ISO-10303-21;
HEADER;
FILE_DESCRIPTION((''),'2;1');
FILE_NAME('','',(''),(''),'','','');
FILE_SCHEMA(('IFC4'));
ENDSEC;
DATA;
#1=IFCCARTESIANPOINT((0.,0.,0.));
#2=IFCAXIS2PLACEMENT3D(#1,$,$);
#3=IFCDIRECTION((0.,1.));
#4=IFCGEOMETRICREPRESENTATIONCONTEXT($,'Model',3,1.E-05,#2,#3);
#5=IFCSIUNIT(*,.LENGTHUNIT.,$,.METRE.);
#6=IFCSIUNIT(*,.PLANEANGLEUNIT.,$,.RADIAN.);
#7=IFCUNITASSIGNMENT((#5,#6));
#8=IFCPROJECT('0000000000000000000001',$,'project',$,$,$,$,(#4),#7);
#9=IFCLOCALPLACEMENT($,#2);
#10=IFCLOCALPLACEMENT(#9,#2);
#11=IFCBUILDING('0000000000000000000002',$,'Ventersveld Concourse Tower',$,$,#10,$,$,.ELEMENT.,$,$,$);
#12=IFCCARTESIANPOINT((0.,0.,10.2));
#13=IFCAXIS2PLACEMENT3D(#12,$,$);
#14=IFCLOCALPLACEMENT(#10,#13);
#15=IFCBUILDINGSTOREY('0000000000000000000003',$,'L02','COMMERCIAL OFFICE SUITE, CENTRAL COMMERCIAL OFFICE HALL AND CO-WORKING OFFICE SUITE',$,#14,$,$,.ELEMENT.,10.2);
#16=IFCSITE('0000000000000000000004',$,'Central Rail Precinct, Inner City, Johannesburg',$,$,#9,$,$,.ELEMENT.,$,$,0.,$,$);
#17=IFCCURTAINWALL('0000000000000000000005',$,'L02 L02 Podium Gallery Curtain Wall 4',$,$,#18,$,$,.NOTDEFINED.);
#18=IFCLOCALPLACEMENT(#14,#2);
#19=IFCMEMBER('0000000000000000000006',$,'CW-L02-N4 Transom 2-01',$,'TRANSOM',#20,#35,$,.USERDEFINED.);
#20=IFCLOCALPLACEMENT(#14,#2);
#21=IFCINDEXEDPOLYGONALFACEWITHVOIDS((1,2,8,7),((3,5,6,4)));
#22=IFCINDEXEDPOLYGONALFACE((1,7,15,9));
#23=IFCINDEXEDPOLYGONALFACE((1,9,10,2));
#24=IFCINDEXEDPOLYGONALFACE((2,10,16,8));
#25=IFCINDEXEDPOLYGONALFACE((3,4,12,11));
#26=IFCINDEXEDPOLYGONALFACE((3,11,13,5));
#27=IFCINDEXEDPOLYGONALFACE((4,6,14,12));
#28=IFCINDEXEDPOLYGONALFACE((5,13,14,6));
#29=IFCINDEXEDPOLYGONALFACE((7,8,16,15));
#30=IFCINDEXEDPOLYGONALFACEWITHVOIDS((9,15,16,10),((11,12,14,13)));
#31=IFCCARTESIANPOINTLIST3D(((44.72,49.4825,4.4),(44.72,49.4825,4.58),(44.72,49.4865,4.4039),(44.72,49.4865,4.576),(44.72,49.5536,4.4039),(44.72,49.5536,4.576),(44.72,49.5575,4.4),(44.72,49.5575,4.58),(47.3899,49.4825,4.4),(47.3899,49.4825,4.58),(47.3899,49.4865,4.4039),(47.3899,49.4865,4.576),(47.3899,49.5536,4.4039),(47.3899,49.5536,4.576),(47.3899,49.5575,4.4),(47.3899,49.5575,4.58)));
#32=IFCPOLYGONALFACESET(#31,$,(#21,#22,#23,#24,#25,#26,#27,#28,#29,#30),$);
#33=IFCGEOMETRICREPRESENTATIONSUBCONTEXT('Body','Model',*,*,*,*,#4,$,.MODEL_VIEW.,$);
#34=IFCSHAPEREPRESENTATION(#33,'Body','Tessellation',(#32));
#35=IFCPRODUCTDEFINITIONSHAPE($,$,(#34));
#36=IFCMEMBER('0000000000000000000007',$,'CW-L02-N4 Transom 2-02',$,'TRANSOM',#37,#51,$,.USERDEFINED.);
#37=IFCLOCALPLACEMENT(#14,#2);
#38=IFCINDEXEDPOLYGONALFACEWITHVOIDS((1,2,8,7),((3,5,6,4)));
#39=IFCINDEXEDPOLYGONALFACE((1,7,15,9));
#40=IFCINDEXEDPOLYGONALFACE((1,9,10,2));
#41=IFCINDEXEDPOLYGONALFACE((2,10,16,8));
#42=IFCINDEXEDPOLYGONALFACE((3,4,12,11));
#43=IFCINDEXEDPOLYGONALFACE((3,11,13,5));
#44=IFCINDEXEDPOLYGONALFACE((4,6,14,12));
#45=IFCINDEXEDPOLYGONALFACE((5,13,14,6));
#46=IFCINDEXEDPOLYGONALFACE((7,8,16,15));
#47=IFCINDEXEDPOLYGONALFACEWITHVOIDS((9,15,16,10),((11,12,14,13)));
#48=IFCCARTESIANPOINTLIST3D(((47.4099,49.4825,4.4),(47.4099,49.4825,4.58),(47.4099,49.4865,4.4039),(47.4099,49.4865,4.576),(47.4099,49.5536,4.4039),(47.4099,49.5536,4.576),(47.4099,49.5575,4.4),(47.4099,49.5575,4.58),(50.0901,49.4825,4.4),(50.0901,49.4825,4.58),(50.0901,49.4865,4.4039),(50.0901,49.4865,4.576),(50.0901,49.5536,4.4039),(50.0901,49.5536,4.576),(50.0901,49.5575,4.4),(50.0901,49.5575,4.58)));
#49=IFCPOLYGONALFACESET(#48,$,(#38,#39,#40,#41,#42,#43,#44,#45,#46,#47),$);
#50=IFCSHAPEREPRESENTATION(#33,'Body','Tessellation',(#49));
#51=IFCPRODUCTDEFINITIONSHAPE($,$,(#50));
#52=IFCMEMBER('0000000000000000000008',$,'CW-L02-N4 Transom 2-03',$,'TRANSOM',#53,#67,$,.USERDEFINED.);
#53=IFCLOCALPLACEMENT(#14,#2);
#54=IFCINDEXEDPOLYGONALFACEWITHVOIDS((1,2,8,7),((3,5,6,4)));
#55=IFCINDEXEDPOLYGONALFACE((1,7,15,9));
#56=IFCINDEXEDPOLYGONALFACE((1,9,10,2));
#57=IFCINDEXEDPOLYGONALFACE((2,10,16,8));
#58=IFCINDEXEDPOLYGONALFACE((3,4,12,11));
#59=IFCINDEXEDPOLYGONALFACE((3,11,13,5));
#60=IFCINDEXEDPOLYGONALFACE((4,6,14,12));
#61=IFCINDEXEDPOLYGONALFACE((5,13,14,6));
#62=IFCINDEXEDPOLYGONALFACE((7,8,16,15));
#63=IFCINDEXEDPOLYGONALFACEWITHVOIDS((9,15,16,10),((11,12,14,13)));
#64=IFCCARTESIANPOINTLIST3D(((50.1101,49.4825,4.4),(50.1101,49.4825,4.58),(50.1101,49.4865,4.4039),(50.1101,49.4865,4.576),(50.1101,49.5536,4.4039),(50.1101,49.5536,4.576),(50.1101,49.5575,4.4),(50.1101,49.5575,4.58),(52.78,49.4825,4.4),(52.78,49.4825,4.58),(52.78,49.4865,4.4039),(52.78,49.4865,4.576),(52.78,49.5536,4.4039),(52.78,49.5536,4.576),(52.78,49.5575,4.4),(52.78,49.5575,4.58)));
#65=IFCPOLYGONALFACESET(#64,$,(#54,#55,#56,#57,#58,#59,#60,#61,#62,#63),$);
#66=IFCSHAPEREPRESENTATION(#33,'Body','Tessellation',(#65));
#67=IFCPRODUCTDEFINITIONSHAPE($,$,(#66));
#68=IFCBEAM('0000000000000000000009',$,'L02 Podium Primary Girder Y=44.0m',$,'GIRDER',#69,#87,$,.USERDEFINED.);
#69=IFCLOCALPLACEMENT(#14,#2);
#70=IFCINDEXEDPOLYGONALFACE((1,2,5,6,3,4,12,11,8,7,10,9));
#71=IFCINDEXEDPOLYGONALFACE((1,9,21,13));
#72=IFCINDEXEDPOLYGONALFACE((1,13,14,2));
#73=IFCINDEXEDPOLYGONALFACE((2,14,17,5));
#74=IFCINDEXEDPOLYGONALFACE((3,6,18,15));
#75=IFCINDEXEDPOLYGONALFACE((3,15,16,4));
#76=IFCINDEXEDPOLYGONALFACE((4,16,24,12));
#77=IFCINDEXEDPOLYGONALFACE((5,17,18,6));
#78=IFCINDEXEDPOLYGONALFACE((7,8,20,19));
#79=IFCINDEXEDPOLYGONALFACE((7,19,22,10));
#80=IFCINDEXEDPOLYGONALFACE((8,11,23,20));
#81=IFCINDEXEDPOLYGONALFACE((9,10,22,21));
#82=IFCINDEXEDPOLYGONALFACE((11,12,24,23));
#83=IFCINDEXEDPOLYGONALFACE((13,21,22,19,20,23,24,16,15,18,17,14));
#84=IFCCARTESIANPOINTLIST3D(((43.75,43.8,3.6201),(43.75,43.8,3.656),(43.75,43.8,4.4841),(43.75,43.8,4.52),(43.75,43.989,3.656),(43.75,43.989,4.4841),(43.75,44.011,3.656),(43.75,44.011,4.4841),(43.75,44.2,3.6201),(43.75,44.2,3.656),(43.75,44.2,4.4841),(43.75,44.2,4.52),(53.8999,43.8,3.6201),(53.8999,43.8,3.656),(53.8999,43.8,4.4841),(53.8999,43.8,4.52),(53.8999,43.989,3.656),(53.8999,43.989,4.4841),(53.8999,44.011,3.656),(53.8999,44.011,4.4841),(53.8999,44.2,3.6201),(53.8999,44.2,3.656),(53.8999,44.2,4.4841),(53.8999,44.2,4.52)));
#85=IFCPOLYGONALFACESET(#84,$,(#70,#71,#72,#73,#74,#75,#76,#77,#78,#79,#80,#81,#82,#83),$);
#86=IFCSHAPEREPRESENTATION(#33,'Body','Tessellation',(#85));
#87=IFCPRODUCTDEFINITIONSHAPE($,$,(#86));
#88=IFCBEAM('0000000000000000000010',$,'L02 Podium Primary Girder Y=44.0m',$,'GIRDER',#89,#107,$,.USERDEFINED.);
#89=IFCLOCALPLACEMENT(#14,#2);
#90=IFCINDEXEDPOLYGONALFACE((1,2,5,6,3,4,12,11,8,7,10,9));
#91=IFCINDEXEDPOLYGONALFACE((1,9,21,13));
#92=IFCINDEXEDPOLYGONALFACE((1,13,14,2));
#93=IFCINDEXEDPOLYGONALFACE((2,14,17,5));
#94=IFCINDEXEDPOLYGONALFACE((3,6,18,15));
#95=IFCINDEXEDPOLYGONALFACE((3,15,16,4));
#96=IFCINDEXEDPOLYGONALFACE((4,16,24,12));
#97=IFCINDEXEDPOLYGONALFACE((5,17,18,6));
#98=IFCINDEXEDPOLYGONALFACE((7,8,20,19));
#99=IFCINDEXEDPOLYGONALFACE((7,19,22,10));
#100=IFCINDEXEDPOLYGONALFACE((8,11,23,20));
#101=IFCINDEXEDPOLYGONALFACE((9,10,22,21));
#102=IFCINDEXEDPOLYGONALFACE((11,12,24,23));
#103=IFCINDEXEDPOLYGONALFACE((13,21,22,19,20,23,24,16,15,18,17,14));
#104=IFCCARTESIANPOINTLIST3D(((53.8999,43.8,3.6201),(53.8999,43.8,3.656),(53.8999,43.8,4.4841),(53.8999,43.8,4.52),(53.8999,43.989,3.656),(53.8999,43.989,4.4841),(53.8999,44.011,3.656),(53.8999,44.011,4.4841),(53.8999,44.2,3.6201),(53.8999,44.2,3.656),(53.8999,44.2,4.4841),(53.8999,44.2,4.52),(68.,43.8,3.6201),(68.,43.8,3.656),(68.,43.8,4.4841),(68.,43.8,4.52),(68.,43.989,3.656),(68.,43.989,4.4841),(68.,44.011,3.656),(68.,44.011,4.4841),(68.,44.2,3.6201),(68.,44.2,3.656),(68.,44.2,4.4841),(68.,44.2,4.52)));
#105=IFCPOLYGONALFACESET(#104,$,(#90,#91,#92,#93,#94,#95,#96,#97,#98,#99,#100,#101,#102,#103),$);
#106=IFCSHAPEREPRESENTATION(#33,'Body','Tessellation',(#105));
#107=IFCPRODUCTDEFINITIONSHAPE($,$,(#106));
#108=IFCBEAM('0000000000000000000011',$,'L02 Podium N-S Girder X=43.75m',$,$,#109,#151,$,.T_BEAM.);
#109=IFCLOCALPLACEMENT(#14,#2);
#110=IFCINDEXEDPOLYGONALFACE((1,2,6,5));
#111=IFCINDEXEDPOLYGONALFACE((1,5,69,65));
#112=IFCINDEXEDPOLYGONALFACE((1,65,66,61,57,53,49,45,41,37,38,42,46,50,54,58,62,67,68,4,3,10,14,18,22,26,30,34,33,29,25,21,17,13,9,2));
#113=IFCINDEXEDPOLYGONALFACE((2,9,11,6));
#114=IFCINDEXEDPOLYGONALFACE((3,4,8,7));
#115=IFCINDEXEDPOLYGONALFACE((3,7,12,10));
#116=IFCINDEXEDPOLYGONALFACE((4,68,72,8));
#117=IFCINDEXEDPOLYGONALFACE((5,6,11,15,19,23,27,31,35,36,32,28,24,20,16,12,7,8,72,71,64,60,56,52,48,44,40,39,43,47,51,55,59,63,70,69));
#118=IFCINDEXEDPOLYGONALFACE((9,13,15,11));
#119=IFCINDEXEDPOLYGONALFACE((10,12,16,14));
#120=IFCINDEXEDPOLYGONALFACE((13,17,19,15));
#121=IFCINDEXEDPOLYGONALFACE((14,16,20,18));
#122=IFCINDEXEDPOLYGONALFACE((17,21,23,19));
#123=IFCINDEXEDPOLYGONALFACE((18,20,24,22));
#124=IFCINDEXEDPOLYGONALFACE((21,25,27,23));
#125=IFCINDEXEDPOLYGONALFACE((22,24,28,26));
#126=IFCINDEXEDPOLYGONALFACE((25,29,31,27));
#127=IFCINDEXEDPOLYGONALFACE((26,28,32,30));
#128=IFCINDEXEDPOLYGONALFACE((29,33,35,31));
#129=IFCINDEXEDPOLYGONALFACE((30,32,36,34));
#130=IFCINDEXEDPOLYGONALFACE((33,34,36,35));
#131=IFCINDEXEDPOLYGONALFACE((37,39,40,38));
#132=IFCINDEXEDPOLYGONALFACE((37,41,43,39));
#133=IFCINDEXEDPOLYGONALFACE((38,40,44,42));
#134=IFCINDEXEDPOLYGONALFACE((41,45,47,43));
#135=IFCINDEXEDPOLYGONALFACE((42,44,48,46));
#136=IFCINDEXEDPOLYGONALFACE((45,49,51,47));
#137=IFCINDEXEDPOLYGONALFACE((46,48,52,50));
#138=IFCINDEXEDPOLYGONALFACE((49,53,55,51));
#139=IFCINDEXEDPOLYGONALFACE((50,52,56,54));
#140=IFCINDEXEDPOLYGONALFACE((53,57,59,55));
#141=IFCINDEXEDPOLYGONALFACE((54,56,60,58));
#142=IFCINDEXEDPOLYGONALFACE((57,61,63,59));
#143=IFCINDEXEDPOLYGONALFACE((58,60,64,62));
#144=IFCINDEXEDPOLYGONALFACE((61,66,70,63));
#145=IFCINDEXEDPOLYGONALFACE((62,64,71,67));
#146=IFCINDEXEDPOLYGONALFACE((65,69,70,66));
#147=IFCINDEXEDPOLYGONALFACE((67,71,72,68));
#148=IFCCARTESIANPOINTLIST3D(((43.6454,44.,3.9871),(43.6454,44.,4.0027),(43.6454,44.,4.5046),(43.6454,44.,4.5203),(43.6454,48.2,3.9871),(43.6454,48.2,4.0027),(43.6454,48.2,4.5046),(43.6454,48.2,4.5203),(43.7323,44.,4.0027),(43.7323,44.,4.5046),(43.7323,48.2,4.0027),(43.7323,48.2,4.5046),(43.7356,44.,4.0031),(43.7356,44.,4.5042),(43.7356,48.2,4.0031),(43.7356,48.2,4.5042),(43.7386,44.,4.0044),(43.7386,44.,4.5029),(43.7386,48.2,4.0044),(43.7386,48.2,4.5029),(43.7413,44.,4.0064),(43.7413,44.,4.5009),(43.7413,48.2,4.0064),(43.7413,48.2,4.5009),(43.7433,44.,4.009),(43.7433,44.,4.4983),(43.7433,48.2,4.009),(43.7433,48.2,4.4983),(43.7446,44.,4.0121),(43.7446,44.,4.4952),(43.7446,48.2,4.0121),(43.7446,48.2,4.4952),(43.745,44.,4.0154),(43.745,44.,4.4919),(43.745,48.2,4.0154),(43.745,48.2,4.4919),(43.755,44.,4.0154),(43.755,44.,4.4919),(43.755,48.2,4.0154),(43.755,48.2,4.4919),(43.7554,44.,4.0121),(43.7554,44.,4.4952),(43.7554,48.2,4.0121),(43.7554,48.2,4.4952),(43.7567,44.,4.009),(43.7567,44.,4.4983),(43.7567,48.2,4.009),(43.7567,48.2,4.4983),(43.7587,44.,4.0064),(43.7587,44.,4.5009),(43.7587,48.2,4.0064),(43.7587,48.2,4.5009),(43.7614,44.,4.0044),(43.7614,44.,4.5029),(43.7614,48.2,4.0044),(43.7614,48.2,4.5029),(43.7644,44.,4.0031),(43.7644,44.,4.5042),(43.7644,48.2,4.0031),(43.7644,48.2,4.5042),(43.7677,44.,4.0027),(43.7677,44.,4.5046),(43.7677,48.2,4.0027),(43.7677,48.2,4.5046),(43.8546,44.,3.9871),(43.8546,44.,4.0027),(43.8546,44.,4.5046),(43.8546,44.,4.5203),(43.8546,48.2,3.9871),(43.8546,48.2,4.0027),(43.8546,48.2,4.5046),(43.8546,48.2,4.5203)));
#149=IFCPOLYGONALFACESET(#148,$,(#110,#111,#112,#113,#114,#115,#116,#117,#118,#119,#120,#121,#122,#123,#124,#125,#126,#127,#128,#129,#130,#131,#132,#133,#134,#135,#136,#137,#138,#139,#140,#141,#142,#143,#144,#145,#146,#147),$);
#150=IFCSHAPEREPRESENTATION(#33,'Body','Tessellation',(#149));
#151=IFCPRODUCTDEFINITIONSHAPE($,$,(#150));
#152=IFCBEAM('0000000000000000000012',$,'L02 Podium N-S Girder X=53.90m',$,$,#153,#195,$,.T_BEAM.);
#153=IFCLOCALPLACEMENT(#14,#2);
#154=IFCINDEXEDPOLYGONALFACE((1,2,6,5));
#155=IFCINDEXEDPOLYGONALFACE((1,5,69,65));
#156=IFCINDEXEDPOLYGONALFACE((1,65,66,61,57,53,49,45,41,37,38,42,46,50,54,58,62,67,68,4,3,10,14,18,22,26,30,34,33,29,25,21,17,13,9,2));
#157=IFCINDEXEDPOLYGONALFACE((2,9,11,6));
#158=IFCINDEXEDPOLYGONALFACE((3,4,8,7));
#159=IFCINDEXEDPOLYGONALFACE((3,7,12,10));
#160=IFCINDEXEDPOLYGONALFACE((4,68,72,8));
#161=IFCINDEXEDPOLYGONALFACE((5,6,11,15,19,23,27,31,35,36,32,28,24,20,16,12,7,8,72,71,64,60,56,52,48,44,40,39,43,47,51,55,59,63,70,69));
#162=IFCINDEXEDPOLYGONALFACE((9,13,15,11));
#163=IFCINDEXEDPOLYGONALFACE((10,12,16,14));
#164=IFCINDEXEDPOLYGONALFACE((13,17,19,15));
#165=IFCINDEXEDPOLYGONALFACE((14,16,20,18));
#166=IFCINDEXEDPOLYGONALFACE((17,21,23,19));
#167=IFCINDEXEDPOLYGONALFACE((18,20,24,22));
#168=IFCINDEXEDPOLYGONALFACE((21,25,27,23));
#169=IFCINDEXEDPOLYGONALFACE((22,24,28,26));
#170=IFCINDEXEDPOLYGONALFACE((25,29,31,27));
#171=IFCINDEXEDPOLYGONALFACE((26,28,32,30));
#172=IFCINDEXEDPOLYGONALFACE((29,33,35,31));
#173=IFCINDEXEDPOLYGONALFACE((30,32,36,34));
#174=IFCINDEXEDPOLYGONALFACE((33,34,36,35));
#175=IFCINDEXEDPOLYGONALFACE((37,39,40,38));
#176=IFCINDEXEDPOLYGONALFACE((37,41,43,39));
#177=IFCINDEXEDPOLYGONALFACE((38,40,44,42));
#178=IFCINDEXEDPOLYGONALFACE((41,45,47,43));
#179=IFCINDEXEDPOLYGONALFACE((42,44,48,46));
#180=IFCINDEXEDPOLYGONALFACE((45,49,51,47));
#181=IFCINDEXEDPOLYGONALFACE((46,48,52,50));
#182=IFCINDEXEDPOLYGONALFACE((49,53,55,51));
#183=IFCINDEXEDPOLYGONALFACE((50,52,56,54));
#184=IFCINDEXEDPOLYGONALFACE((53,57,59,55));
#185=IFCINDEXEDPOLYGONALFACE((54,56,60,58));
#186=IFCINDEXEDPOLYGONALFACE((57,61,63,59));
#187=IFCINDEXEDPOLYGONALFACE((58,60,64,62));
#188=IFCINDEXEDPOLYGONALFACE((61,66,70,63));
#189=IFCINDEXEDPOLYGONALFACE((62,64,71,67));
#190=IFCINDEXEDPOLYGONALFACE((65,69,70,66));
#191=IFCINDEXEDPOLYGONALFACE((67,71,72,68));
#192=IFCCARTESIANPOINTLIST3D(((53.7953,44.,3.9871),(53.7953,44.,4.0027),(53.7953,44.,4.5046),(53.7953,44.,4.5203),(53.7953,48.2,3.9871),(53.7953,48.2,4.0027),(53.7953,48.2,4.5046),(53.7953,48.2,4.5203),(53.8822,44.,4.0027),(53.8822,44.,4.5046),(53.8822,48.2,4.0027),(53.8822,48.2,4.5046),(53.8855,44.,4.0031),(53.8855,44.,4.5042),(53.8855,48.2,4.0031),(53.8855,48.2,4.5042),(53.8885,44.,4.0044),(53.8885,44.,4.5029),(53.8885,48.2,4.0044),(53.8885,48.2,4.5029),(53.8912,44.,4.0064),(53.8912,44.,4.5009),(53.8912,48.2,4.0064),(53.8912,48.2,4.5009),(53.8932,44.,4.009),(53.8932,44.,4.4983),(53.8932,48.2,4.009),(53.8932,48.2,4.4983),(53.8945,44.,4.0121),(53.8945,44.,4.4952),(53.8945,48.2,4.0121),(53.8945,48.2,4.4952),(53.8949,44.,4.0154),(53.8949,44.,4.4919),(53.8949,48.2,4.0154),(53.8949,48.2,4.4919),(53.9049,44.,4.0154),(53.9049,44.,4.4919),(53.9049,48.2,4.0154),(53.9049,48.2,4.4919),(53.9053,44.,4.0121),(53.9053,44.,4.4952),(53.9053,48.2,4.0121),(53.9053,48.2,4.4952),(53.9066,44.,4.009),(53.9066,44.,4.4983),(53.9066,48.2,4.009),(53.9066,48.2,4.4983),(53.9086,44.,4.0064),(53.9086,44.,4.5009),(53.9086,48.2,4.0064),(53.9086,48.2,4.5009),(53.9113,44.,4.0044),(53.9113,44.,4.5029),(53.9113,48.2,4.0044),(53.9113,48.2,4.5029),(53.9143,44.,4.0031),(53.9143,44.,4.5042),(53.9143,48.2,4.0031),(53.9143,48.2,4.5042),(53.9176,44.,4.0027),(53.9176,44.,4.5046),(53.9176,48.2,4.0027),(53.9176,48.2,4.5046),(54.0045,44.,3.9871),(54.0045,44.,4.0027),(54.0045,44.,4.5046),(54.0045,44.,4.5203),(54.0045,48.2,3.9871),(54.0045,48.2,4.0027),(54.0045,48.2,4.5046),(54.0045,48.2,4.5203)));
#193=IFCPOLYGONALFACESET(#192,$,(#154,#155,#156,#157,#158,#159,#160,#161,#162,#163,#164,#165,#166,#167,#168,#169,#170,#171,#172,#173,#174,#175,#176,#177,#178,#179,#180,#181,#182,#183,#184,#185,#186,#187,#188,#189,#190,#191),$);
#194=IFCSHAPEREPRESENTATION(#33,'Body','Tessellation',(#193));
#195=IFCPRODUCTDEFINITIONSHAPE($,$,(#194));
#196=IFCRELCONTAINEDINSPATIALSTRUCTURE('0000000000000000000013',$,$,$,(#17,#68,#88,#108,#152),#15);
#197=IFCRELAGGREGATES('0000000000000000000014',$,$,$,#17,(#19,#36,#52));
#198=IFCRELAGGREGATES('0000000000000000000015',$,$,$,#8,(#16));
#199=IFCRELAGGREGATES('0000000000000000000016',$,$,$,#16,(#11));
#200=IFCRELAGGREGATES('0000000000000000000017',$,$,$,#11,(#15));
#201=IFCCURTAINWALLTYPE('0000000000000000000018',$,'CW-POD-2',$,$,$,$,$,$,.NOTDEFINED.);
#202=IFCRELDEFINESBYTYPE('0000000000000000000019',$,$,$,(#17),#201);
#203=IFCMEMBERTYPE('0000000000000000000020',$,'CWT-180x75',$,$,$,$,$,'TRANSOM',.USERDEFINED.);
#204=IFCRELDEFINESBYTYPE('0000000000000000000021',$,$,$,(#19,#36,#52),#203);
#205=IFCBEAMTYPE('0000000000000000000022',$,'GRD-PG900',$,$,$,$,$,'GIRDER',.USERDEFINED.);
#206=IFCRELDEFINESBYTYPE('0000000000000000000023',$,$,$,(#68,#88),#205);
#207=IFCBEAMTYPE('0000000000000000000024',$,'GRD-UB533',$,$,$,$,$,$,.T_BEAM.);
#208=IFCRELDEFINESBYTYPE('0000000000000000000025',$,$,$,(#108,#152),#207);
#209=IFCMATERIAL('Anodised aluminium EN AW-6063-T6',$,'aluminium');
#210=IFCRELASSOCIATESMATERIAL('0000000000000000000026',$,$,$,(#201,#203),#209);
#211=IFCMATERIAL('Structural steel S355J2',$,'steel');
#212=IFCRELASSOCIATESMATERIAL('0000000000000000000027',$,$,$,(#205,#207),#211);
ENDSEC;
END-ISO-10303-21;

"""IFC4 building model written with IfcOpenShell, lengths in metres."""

from ifc_helpers import new_model, si_unit, direction, frame, origin, origin_2d, place, context, subcontext, project, spatial, hollow_rectangle, i_section, extrude, material, material_profile, profile_set, type_object, element, aggregate, save


model = new_model("IFC4")

# Units and contexts
model_context = context("Model", 3, precision=1e-05, world=origin(), true_north=direction((0.0, 1.0)))
body_context = subcontext(model_context, "Body", "Model", "MODEL_VIEW")
ifc_project = project(units=[si_unit("LENGTHUNIT", "METRE"), si_unit("PLANEANGLEUNIT", "RADIAN")], contexts=[model_context])

# Site, building, storey
site_placement = place(None, origin())
site = spatial("IfcSite", under=ifc_project, at=site_placement, Name="Central Rail Precinct, Inner City, Johannesburg", CompositionType="ELEMENT", RefElevation=0.0)
building_placement = place(site_placement, origin())
building = spatial("IfcBuilding", under=site, at=building_placement, Name="Ventersveld Concourse Tower", CompositionType="ELEMENT")
storey_placement = place(building_placement, frame((0.0, 0.0, 10.2)))
storey = spatial("IfcBuildingStorey", under=building, at=storey_placement, Name="L02", Description="COMMERCIAL OFFICE SUITE, CENTRAL COMMERCIAL OFFICE HALL AND CO-WORKING OFFICE SUITE", CompositionType="ELEMENT", Elevation=10.2)

# Curtain wall, members
ifc_material_1 = material(Name="Anodised aluminium EN AW-6063-T6", Category="aluminium")
curtain_wall_type = type_object("IfcCurtainWallType", Name="CW-POD-2", PredefinedType="NOTDEFINED", material=ifc_material_1)
curtain_wall_placement = place(storey_placement, origin())
curtain_wall = element("IfcCurtainWall", 1, at=curtain_wall_placement, inside=storey, type_object=curtain_wall_type, Name="L02 L02 Podium Gallery Curtain Wall 4", PredefinedType="NOTDEFINED")
ifc_material_profile_1 = material_profile(ifc_material_1, hollow_rectangle(XDim=0.075, YDim=0.1799, WallThickness=0.0039, at=origin_2d()), Name="ALU 180x75x4")
ifc_profile_set_1 = profile_set([ifc_material_profile_1], Name="Anodised aluminium EN AW-6063-T6")
member_type_1 = type_object("IfcMemberType", Name="CWT-180x75", ElementType="TRANSOM", PredefinedType="USERDEFINED", material=ifc_profile_set_1)
member_1_placement = place(storey_placement, frame((44.72, 49.52, 4.49), z_axis=(1.0, 0.0, 0.0), x_axis=(0.0, 1.0, 0.0)))
member_1 = element("IfcMember", 2, at=member_1_placement, type_object=member_type_1, Name="CW-L02-N4 Transom 2-01", ObjectType="TRANSOM", PredefinedType="USERDEFINED", context=body_context, shape_type="SweptSolid", body=[
    extrude(hollow_rectangle(XDim=0.075, YDim=0.1799, WallThickness=0.0039, at=origin_2d()), origin(), (0.0, 0.0, 1.0), 2.6699),
])
member_2_placement = place(storey_placement, frame((47.4099, 49.52, 4.49), z_axis=(1.0, 0.0, 0.0), x_axis=(0.0, 1.0, 0.0)))
member_2 = element("IfcMember", 3, at=member_2_placement, type_object=member_type_1, Name="CW-L02-N4 Transom 2-02", ObjectType="TRANSOM", PredefinedType="USERDEFINED", context=body_context, shape_type="SweptSolid", body=[
    extrude(hollow_rectangle(XDim=0.075, YDim=0.1799, WallThickness=0.0039, at=origin_2d()), origin(), (0.0, 0.0, 1.0), 2.6802),
])
member_3_placement = place(storey_placement, frame((50.1101, 49.52, 4.49), z_axis=(1.0, 0.0, 0.0), x_axis=(0.0, 1.0, 0.0)))
member_3 = element("IfcMember", 4, at=member_3_placement, type_object=member_type_1, Name="CW-L02-N4 Transom 2-03", ObjectType="TRANSOM", PredefinedType="USERDEFINED", context=body_context, shape_type="SweptSolid", body=[
    extrude(hollow_rectangle(XDim=0.075, YDim=0.1799, WallThickness=0.0039, at=origin_2d()), origin(), (0.0, 0.0, 1.0), 2.6699),
])

# Beams
ifc_material_2 = material(Name="Structural steel S355J2", Category="steel")
ifc_material_profile_2 = material_profile(ifc_material_2, i_section(OverallWidth=0.3999, OverallDepth=0.8999, WebThickness=0.022, FlangeThickness=0.0359, at=origin_2d()), Name="PG 900x400x36")
ifc_profile_set_2 = profile_set([ifc_material_profile_2], Name="Structural steel S355J2")
beam_type_1 = type_object("IfcBeamType", Name="GRD-PG900", ElementType="GIRDER", PredefinedType="USERDEFINED", material=ifc_profile_set_2)
beam_1_placement = place(storey_placement, frame((43.75, 44.0, 4.0701), z_axis=(1.0, 0.0, 0.0), x_axis=(0.0, 1.0, 0.0)))
element("IfcBeam", 5, at=beam_1_placement, inside=storey, type_object=beam_type_1, Name="L02 Podium Primary Girder Y=44.0m", ObjectType="GIRDER", PredefinedType="USERDEFINED", context=body_context, shape_type="SweptSolid", body=[
    extrude(i_section(OverallWidth=0.3999, OverallDepth=0.8999, WebThickness=0.022, FlangeThickness=0.0359, at=origin_2d()), origin(), (0.0, 0.0, 1.0), 10.1499),
])
beam_2_placement = place(storey_placement, frame((53.8999, 44.0, 4.0701), z_axis=(1.0, 0.0, 0.0), x_axis=(0.0, 1.0, 0.0)))
element("IfcBeam", 6, at=beam_2_placement, inside=storey, type_object=beam_type_1, Name="L02 Podium Primary Girder Y=44.0m", ObjectType="GIRDER", PredefinedType="USERDEFINED", context=body_context, shape_type="SweptSolid", body=[
    extrude(i_section(OverallWidth=0.3999, OverallDepth=0.8999, WebThickness=0.022, FlangeThickness=0.0359, at=origin_2d()), origin(), (0.0, 0.0, 1.0), 14.1001),
])
ifc_material_profile_3 = material_profile(ifc_material_2, i_section(OverallWidth=0.2092, OverallDepth=0.5332, WebThickness=0.01, FlangeThickness=0.0156, FilletRadius=0.0127, at=origin_2d()), Name="UB 533x210x92")
ifc_profile_set_3 = profile_set([ifc_material_profile_3], Name="Structural steel S355J2")
beam_type_2 = type_object("IfcBeamType", Name="GRD-UB533", PredefinedType="T_BEAM", material=ifc_profile_set_3)
for number, where, z_axis, x_axis, name in (
    (7, (43.75, 44.0, 4.2537), (0.0, 1.0, 0.0), (-1.0, 0.0, 0.0), "L02 Podium N-S Girder X=43.75m"),
    (8, (53.8999, 44.0, 4.2537), (0.0, 1.0, 0.0), (-1.0, 0.0, 0.0), "L02 Podium N-S Girder X=53.90m"),
):
    element("IfcBeam", number, at=place(storey_placement, frame(where, z_axis=z_axis, x_axis=x_axis)), inside=storey, type_object=beam_type_2, Name=name, PredefinedType="T_BEAM", context=body_context, shape_type="SweptSolid", body=[
        extrude(i_section(OverallWidth=0.2092, OverallDepth=0.5332, WebThickness=0.01, FlangeThickness=0.0156, FilletRadius=0.0127, at=origin_2d()), origin(), (0.0, 0.0, 1.0), 4.2),
    ])

aggregate(curtain_wall, [member_1, member_2, member_3])

save(model, "model.ifc")
